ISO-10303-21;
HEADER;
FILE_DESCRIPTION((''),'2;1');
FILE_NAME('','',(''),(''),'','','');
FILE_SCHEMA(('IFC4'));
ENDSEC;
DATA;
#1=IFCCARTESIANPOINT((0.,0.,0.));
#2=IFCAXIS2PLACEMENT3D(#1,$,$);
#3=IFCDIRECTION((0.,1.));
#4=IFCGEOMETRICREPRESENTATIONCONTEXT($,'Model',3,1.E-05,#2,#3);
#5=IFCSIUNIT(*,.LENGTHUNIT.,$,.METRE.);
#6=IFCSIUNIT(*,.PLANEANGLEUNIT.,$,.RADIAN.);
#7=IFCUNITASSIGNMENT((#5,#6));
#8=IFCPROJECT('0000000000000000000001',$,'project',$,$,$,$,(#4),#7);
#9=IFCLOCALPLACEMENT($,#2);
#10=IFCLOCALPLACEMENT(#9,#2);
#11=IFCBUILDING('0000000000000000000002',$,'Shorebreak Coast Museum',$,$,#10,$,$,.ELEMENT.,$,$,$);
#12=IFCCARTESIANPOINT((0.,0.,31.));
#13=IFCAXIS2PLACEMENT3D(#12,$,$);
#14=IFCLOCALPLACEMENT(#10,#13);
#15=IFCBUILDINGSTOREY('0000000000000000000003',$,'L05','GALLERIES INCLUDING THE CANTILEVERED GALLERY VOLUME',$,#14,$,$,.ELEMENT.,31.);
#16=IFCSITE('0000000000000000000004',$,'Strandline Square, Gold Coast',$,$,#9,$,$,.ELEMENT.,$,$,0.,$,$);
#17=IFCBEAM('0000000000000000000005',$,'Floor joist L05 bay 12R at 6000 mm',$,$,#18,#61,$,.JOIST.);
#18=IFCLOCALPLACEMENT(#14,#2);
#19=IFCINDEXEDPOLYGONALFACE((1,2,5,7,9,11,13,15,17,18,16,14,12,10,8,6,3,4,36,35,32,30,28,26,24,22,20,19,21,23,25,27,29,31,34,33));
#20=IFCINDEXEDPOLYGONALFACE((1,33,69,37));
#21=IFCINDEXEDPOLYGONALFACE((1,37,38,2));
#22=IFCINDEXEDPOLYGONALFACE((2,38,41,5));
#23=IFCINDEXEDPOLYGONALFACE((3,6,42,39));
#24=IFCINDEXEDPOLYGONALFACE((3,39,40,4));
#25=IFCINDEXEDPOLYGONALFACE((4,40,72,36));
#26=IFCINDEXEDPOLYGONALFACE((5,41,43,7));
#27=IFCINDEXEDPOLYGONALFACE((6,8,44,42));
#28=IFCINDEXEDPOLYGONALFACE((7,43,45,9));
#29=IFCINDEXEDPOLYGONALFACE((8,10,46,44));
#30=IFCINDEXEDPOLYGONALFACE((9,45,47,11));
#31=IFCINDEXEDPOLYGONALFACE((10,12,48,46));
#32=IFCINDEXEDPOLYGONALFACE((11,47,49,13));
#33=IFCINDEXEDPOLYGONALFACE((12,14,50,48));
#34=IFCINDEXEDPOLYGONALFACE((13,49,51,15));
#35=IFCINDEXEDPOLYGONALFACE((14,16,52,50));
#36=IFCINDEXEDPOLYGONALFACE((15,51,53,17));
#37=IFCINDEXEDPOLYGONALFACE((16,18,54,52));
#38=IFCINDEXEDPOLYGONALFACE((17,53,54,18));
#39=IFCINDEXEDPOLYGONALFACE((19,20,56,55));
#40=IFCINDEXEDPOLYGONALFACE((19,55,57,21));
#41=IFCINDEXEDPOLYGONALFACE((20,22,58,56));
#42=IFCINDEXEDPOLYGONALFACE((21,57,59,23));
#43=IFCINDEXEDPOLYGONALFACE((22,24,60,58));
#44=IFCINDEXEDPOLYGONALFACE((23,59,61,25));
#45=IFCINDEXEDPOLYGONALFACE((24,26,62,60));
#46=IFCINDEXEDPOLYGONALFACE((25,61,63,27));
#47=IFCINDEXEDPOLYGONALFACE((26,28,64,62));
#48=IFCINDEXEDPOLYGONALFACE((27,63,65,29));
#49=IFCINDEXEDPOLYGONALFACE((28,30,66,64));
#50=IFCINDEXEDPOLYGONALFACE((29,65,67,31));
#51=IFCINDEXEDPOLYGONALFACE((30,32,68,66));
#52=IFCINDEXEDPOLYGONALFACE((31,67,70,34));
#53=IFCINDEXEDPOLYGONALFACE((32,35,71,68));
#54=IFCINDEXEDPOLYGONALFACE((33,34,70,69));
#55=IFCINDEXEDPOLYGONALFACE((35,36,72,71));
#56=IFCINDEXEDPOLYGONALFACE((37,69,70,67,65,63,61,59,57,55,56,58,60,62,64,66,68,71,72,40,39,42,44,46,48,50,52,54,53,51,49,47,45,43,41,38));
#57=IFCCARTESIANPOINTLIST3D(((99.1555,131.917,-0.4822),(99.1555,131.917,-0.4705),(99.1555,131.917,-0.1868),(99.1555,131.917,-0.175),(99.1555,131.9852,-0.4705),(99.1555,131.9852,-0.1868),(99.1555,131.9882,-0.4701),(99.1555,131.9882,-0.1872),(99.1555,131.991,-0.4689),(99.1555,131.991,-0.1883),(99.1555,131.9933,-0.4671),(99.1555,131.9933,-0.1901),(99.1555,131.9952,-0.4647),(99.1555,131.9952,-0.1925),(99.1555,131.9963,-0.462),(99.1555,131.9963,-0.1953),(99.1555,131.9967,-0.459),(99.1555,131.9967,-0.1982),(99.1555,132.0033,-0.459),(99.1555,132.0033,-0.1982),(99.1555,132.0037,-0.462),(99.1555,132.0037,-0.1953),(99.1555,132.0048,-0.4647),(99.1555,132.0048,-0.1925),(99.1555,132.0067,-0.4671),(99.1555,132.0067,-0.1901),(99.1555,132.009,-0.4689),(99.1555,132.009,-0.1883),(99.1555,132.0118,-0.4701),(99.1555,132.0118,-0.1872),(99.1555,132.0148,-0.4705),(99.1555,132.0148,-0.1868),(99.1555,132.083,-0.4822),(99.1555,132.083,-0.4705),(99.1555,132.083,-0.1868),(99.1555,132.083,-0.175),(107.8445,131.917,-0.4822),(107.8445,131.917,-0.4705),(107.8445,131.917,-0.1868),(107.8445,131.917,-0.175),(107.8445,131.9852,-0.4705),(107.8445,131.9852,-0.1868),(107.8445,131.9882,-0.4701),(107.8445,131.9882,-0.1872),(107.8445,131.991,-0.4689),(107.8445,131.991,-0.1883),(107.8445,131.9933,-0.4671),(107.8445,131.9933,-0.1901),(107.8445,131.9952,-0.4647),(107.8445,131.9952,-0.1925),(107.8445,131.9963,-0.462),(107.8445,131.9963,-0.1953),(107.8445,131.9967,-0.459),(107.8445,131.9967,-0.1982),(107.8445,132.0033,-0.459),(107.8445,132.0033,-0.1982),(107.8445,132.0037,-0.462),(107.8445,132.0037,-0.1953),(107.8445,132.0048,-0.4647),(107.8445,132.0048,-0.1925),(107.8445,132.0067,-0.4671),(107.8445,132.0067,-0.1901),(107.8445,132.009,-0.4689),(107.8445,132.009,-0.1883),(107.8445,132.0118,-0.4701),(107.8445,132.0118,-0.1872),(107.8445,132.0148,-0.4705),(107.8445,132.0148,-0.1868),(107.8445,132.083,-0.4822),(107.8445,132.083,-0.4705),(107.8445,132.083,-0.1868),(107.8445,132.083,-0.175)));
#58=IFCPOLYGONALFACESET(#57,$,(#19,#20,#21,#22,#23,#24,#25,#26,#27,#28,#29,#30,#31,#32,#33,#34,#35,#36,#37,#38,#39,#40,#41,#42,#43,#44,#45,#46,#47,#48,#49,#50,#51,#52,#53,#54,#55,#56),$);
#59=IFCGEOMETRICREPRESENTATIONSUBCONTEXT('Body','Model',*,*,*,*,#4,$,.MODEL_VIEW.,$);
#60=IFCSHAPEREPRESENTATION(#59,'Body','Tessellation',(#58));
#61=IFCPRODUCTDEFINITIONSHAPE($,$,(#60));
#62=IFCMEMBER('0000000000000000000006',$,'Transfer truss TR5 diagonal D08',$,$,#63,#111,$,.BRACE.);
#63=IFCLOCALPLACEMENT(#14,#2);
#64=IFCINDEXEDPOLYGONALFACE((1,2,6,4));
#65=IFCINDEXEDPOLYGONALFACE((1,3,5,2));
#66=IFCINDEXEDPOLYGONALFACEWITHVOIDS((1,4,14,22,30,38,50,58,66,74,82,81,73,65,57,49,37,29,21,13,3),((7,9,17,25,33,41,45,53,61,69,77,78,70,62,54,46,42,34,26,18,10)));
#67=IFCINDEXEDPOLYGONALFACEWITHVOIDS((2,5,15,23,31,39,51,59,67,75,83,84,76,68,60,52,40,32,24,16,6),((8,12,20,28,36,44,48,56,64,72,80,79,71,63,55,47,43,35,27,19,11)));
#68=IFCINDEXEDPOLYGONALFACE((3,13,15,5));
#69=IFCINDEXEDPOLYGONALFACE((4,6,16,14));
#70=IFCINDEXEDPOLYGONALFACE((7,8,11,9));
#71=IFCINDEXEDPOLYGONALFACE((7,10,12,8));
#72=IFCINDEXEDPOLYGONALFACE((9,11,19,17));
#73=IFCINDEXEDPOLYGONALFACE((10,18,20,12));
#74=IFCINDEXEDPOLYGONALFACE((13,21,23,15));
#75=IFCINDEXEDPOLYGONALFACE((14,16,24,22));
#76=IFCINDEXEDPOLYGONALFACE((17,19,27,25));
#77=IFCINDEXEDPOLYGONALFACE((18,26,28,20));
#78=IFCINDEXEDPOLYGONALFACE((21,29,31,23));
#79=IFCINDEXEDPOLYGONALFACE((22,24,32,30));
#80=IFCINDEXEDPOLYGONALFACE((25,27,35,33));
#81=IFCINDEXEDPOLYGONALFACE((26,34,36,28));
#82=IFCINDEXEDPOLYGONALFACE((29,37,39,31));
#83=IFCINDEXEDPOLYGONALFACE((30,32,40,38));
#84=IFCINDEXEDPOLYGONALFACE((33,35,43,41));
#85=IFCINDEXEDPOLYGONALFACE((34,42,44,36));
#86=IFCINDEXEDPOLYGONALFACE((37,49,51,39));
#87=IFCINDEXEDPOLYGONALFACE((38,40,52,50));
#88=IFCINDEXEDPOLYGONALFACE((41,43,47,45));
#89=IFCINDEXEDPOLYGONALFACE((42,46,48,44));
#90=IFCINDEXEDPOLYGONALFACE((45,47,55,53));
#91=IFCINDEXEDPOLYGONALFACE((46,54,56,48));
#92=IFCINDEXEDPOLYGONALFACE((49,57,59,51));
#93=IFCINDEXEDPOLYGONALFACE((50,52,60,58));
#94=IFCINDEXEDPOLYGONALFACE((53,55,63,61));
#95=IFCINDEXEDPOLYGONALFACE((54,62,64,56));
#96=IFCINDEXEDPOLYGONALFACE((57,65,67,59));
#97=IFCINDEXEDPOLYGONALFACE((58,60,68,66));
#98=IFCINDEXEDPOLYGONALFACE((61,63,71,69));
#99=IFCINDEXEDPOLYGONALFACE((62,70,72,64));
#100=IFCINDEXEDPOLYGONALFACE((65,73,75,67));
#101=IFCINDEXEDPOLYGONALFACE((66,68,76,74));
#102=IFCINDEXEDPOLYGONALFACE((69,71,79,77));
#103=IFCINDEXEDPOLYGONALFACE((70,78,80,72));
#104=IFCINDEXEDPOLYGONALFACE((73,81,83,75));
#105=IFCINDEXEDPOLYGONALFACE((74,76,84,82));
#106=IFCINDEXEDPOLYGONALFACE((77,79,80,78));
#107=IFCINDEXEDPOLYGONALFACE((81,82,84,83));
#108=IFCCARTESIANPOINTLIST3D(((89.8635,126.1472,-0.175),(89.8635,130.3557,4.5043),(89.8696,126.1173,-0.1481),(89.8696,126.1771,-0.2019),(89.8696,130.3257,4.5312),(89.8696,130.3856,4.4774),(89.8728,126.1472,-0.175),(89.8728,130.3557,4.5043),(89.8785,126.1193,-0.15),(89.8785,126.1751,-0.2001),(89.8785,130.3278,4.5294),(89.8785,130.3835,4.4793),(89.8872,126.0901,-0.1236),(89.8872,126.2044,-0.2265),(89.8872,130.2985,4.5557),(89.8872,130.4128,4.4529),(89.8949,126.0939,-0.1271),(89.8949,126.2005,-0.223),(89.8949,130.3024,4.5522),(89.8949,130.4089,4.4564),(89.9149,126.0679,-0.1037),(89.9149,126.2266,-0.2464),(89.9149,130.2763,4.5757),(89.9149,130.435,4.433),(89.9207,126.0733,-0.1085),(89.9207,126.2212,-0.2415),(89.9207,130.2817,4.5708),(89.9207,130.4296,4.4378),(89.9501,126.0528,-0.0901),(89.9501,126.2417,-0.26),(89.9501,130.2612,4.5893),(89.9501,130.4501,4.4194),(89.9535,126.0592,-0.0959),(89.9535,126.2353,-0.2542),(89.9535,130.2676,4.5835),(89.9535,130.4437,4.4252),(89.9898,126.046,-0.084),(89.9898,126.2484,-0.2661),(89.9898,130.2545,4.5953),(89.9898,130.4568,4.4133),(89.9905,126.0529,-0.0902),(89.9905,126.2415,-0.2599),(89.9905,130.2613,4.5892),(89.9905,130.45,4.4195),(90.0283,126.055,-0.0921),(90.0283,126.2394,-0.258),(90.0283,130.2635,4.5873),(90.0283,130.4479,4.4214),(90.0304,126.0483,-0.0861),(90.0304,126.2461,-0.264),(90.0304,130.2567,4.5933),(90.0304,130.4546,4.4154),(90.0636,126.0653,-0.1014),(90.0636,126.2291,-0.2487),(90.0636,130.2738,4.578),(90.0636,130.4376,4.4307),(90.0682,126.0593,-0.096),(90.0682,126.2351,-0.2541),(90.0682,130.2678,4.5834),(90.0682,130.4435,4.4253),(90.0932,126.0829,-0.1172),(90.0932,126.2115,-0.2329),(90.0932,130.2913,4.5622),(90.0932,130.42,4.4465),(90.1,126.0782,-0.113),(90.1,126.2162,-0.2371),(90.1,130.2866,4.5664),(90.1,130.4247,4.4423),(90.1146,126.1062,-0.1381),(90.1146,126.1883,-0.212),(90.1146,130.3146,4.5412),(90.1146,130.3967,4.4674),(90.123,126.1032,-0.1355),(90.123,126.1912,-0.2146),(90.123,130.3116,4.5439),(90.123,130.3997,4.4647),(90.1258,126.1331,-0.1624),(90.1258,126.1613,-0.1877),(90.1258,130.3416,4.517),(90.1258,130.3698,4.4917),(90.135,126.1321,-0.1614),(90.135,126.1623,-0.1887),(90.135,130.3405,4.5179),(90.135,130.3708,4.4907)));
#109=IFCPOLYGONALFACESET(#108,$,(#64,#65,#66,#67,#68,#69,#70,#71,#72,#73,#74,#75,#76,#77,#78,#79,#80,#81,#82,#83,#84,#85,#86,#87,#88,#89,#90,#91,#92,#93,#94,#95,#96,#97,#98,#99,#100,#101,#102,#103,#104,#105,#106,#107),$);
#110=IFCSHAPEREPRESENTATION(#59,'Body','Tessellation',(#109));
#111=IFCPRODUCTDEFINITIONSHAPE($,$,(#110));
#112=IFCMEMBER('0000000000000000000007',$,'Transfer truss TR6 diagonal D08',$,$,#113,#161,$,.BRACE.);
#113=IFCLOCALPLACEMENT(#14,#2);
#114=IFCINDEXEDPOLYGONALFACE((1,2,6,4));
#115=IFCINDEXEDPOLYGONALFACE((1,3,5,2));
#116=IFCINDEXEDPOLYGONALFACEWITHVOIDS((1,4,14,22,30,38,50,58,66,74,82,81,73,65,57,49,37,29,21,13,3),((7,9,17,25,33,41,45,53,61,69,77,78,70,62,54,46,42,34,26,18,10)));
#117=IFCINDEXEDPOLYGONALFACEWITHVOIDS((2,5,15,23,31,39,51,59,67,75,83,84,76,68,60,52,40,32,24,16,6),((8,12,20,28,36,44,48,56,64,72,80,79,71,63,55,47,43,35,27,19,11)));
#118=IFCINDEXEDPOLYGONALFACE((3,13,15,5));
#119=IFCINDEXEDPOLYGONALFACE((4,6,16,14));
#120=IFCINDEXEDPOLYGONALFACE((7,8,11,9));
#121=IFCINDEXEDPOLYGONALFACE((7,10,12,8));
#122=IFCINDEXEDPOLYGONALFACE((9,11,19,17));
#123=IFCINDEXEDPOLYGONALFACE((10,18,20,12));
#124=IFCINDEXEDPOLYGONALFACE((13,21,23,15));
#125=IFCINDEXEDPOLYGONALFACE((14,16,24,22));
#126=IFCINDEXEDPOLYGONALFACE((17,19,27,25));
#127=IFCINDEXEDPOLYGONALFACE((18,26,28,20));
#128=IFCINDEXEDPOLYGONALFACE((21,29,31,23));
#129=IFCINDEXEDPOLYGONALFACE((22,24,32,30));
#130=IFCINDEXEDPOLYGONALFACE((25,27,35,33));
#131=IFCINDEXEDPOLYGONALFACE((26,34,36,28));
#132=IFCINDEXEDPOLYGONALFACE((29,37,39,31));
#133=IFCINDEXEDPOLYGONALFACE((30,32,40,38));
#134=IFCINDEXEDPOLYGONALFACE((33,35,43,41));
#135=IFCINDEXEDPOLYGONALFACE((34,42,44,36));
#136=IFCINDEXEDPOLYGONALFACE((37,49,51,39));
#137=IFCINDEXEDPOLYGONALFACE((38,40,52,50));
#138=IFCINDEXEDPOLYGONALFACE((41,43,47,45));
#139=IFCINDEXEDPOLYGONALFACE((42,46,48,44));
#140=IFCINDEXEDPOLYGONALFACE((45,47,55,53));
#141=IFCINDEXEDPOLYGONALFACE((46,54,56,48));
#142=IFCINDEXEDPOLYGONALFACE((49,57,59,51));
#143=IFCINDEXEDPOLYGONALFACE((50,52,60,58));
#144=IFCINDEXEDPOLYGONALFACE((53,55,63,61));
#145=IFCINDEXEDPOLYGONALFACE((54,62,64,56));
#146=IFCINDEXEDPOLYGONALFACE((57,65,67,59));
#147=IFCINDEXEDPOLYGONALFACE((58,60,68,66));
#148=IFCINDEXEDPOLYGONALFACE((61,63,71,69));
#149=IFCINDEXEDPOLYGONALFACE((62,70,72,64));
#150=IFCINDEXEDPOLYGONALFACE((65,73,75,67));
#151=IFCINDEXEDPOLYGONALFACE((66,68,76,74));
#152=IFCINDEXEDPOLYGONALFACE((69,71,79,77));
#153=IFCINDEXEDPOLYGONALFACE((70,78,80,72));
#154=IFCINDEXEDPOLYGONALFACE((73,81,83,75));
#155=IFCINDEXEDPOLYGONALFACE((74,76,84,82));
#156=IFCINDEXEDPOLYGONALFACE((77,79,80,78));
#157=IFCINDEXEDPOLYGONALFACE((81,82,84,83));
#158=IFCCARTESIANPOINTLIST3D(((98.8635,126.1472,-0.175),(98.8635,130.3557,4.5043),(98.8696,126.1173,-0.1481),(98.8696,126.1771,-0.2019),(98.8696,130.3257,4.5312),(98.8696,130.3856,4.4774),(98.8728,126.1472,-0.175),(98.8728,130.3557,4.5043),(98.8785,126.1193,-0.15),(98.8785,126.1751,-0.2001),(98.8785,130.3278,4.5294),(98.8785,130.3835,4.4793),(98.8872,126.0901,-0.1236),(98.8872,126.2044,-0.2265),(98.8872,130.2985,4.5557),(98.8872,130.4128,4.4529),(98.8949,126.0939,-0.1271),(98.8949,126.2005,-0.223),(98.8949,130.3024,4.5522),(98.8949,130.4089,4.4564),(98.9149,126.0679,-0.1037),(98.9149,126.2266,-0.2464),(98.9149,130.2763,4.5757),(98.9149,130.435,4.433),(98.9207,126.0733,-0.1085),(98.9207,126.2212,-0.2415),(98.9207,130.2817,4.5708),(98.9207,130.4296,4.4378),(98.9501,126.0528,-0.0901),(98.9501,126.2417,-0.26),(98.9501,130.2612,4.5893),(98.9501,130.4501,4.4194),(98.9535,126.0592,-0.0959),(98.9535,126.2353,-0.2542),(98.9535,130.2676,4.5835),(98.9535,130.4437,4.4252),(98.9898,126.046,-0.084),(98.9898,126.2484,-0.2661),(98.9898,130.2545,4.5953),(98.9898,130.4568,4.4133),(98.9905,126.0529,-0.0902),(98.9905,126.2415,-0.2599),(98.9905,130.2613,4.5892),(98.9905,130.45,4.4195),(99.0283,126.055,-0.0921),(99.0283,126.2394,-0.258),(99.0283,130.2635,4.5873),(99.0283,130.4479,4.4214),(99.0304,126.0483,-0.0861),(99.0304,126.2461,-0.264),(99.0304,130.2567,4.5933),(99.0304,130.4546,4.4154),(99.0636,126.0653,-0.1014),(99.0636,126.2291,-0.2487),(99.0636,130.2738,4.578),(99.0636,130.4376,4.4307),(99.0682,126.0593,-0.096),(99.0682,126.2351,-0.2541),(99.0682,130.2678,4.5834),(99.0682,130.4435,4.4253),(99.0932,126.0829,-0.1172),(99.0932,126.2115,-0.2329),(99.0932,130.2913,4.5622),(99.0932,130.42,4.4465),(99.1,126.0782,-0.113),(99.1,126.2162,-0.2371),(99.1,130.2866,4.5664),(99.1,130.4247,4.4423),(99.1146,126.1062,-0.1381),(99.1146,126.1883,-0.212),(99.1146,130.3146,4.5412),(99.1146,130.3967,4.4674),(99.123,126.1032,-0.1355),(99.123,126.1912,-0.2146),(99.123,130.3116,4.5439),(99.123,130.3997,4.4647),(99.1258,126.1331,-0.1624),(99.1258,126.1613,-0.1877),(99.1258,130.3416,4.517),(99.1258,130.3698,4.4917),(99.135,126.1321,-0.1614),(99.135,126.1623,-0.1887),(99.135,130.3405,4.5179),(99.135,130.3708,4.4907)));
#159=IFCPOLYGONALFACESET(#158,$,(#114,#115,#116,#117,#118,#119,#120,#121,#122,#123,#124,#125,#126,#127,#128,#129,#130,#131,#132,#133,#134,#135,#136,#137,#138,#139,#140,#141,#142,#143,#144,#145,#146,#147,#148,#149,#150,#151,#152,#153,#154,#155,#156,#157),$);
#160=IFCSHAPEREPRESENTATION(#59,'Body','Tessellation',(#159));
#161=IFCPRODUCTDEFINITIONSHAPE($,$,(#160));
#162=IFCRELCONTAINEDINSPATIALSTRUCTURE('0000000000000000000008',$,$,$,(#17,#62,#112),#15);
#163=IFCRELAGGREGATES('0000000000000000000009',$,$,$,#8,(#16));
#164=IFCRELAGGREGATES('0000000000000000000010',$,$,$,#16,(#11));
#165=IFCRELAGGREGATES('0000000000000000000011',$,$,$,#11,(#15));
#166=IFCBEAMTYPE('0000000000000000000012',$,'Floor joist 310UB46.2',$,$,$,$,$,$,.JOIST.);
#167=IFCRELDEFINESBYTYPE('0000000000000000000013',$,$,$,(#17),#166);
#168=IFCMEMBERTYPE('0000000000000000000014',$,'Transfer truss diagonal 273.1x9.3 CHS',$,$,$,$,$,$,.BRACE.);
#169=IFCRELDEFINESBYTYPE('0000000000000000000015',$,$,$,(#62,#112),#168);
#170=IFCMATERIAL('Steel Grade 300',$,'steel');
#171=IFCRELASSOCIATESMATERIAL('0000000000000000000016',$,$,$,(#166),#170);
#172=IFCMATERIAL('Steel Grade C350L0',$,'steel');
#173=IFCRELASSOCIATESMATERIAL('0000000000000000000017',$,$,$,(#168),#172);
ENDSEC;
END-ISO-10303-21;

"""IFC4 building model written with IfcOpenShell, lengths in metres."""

from ifc_helpers import new_model, si_unit, direction, frame, origin, origin_2d, place, context, subcontext, project, spatial, hollow_circle, i_section, extrude, material, material_profile, profile_set, type_object, element, save


model = new_model("IFC4")

# Units and contexts
model_context = context("Model", 3, precision=1e-05, world=origin(), true_north=direction((0.0, 1.0)))
body_context = subcontext(model_context, "Body", "Model", "MODEL_VIEW")
ifc_project = project(units=[si_unit("LENGTHUNIT", "METRE"), si_unit("PLANEANGLEUNIT", "RADIAN")], contexts=[model_context])

# Site, building, storey
site_placement = place(None, origin())
site = spatial("IfcSite", under=ifc_project, at=site_placement, Name="Strandline Square, Gold Coast", CompositionType="ELEMENT", RefElevation=0.0)
building_placement = place(site_placement, origin())
building = spatial("IfcBuilding", under=site, at=building_placement, Name="Shorebreak Coast Museum", CompositionType="ELEMENT")
storey_placement = place(building_placement, frame((0.0, 0.0, 31.0)))
storey = spatial("IfcBuildingStorey", under=building, at=storey_placement, Name="L05", Description="GALLERIES INCLUDING THE CANTILEVERED GALLERY VOLUME", CompositionType="ELEMENT", Elevation=31.0)

# Beam
ifc_material_1 = material(Name="Steel Grade 300", Category="steel")
ifc_material_profile_1 = material_profile(ifc_material_1, i_section(OverallWidth=0.166, OverallDepth=0.3071, WebThickness=0.0066, FlangeThickness=0.0117, FilletRadius=0.0115, at=origin_2d()), Name="310UB46.2")
ifc_profile_set_1 = profile_set([ifc_material_profile_1], Name="Steel Grade 300")
beam_type_1 = type_object("IfcBeamType", Name="Floor joist 310UB46.2", PredefinedType="JOIST", material=ifc_profile_set_1)
for number, where, z_axis, x_axis, name in (
    (1, (99.1555, 132.0, -0.3286), (1.0, 0.0, 0.0), (0.0, 1.0, 0.0), "Floor joist L05 bay 12R at 6000 mm"),
):
    element("IfcBeam", number, at=place(storey_placement, frame(where, z_axis=z_axis, x_axis=x_axis)), inside=storey, type_object=beam_type_1, Name=name, PredefinedType="JOIST", context=body_context, shape_type="SweptSolid", body=[
        extrude(i_section(OverallWidth=0.166, OverallDepth=0.3071, WebThickness=0.0066, FlangeThickness=0.0117, FilletRadius=0.0115, at=origin_2d()), origin(), (0.0, 0.0, 1.0), 8.689),
    ])

# Members
ifc_material_2 = material(Name="Steel Grade C350L0", Category="steel")
ifc_material_profile_2 = material_profile(ifc_material_2, hollow_circle(Radius=0.1365, WallThickness=0.0093, at=origin_2d()), Name="273.1x9.3 CHS")
ifc_profile_set_2 = profile_set([ifc_material_profile_2], Name="Steel Grade C350L0")
member_type_1 = type_object("IfcMemberType", Name="Transfer truss diagonal 273.1x9.3 CHS", PredefinedType="BRACE", material=ifc_profile_set_2)
for number, where, z_axis, x_axis, name in (
    (2, (90.0, 126.1472, -0.175), (0.0, 0.668701, 0.743531), (-1.0, 0.0, 0.0), "Transfer truss TR5 diagonal D08"),
    (3, (99.0, 126.1472, -0.175), (0.0, 0.668701, 0.743531), (-1.0, 0.0, 0.0), "Transfer truss TR6 diagonal D08"),
):
    element("IfcMember", number, at=place(storey_placement, frame(where, z_axis=z_axis, x_axis=x_axis)), inside=storey, type_object=member_type_1, Name=name, PredefinedType="BRACE", context=body_context, shape_type="SweptSolid", body=[
        extrude(hollow_circle(Radius=0.1365, WallThickness=0.0093, at=origin_2d()), origin(), (0.0, 0.0, 1.0), 6.2935),
    ])

save(model, "model.ifc")
